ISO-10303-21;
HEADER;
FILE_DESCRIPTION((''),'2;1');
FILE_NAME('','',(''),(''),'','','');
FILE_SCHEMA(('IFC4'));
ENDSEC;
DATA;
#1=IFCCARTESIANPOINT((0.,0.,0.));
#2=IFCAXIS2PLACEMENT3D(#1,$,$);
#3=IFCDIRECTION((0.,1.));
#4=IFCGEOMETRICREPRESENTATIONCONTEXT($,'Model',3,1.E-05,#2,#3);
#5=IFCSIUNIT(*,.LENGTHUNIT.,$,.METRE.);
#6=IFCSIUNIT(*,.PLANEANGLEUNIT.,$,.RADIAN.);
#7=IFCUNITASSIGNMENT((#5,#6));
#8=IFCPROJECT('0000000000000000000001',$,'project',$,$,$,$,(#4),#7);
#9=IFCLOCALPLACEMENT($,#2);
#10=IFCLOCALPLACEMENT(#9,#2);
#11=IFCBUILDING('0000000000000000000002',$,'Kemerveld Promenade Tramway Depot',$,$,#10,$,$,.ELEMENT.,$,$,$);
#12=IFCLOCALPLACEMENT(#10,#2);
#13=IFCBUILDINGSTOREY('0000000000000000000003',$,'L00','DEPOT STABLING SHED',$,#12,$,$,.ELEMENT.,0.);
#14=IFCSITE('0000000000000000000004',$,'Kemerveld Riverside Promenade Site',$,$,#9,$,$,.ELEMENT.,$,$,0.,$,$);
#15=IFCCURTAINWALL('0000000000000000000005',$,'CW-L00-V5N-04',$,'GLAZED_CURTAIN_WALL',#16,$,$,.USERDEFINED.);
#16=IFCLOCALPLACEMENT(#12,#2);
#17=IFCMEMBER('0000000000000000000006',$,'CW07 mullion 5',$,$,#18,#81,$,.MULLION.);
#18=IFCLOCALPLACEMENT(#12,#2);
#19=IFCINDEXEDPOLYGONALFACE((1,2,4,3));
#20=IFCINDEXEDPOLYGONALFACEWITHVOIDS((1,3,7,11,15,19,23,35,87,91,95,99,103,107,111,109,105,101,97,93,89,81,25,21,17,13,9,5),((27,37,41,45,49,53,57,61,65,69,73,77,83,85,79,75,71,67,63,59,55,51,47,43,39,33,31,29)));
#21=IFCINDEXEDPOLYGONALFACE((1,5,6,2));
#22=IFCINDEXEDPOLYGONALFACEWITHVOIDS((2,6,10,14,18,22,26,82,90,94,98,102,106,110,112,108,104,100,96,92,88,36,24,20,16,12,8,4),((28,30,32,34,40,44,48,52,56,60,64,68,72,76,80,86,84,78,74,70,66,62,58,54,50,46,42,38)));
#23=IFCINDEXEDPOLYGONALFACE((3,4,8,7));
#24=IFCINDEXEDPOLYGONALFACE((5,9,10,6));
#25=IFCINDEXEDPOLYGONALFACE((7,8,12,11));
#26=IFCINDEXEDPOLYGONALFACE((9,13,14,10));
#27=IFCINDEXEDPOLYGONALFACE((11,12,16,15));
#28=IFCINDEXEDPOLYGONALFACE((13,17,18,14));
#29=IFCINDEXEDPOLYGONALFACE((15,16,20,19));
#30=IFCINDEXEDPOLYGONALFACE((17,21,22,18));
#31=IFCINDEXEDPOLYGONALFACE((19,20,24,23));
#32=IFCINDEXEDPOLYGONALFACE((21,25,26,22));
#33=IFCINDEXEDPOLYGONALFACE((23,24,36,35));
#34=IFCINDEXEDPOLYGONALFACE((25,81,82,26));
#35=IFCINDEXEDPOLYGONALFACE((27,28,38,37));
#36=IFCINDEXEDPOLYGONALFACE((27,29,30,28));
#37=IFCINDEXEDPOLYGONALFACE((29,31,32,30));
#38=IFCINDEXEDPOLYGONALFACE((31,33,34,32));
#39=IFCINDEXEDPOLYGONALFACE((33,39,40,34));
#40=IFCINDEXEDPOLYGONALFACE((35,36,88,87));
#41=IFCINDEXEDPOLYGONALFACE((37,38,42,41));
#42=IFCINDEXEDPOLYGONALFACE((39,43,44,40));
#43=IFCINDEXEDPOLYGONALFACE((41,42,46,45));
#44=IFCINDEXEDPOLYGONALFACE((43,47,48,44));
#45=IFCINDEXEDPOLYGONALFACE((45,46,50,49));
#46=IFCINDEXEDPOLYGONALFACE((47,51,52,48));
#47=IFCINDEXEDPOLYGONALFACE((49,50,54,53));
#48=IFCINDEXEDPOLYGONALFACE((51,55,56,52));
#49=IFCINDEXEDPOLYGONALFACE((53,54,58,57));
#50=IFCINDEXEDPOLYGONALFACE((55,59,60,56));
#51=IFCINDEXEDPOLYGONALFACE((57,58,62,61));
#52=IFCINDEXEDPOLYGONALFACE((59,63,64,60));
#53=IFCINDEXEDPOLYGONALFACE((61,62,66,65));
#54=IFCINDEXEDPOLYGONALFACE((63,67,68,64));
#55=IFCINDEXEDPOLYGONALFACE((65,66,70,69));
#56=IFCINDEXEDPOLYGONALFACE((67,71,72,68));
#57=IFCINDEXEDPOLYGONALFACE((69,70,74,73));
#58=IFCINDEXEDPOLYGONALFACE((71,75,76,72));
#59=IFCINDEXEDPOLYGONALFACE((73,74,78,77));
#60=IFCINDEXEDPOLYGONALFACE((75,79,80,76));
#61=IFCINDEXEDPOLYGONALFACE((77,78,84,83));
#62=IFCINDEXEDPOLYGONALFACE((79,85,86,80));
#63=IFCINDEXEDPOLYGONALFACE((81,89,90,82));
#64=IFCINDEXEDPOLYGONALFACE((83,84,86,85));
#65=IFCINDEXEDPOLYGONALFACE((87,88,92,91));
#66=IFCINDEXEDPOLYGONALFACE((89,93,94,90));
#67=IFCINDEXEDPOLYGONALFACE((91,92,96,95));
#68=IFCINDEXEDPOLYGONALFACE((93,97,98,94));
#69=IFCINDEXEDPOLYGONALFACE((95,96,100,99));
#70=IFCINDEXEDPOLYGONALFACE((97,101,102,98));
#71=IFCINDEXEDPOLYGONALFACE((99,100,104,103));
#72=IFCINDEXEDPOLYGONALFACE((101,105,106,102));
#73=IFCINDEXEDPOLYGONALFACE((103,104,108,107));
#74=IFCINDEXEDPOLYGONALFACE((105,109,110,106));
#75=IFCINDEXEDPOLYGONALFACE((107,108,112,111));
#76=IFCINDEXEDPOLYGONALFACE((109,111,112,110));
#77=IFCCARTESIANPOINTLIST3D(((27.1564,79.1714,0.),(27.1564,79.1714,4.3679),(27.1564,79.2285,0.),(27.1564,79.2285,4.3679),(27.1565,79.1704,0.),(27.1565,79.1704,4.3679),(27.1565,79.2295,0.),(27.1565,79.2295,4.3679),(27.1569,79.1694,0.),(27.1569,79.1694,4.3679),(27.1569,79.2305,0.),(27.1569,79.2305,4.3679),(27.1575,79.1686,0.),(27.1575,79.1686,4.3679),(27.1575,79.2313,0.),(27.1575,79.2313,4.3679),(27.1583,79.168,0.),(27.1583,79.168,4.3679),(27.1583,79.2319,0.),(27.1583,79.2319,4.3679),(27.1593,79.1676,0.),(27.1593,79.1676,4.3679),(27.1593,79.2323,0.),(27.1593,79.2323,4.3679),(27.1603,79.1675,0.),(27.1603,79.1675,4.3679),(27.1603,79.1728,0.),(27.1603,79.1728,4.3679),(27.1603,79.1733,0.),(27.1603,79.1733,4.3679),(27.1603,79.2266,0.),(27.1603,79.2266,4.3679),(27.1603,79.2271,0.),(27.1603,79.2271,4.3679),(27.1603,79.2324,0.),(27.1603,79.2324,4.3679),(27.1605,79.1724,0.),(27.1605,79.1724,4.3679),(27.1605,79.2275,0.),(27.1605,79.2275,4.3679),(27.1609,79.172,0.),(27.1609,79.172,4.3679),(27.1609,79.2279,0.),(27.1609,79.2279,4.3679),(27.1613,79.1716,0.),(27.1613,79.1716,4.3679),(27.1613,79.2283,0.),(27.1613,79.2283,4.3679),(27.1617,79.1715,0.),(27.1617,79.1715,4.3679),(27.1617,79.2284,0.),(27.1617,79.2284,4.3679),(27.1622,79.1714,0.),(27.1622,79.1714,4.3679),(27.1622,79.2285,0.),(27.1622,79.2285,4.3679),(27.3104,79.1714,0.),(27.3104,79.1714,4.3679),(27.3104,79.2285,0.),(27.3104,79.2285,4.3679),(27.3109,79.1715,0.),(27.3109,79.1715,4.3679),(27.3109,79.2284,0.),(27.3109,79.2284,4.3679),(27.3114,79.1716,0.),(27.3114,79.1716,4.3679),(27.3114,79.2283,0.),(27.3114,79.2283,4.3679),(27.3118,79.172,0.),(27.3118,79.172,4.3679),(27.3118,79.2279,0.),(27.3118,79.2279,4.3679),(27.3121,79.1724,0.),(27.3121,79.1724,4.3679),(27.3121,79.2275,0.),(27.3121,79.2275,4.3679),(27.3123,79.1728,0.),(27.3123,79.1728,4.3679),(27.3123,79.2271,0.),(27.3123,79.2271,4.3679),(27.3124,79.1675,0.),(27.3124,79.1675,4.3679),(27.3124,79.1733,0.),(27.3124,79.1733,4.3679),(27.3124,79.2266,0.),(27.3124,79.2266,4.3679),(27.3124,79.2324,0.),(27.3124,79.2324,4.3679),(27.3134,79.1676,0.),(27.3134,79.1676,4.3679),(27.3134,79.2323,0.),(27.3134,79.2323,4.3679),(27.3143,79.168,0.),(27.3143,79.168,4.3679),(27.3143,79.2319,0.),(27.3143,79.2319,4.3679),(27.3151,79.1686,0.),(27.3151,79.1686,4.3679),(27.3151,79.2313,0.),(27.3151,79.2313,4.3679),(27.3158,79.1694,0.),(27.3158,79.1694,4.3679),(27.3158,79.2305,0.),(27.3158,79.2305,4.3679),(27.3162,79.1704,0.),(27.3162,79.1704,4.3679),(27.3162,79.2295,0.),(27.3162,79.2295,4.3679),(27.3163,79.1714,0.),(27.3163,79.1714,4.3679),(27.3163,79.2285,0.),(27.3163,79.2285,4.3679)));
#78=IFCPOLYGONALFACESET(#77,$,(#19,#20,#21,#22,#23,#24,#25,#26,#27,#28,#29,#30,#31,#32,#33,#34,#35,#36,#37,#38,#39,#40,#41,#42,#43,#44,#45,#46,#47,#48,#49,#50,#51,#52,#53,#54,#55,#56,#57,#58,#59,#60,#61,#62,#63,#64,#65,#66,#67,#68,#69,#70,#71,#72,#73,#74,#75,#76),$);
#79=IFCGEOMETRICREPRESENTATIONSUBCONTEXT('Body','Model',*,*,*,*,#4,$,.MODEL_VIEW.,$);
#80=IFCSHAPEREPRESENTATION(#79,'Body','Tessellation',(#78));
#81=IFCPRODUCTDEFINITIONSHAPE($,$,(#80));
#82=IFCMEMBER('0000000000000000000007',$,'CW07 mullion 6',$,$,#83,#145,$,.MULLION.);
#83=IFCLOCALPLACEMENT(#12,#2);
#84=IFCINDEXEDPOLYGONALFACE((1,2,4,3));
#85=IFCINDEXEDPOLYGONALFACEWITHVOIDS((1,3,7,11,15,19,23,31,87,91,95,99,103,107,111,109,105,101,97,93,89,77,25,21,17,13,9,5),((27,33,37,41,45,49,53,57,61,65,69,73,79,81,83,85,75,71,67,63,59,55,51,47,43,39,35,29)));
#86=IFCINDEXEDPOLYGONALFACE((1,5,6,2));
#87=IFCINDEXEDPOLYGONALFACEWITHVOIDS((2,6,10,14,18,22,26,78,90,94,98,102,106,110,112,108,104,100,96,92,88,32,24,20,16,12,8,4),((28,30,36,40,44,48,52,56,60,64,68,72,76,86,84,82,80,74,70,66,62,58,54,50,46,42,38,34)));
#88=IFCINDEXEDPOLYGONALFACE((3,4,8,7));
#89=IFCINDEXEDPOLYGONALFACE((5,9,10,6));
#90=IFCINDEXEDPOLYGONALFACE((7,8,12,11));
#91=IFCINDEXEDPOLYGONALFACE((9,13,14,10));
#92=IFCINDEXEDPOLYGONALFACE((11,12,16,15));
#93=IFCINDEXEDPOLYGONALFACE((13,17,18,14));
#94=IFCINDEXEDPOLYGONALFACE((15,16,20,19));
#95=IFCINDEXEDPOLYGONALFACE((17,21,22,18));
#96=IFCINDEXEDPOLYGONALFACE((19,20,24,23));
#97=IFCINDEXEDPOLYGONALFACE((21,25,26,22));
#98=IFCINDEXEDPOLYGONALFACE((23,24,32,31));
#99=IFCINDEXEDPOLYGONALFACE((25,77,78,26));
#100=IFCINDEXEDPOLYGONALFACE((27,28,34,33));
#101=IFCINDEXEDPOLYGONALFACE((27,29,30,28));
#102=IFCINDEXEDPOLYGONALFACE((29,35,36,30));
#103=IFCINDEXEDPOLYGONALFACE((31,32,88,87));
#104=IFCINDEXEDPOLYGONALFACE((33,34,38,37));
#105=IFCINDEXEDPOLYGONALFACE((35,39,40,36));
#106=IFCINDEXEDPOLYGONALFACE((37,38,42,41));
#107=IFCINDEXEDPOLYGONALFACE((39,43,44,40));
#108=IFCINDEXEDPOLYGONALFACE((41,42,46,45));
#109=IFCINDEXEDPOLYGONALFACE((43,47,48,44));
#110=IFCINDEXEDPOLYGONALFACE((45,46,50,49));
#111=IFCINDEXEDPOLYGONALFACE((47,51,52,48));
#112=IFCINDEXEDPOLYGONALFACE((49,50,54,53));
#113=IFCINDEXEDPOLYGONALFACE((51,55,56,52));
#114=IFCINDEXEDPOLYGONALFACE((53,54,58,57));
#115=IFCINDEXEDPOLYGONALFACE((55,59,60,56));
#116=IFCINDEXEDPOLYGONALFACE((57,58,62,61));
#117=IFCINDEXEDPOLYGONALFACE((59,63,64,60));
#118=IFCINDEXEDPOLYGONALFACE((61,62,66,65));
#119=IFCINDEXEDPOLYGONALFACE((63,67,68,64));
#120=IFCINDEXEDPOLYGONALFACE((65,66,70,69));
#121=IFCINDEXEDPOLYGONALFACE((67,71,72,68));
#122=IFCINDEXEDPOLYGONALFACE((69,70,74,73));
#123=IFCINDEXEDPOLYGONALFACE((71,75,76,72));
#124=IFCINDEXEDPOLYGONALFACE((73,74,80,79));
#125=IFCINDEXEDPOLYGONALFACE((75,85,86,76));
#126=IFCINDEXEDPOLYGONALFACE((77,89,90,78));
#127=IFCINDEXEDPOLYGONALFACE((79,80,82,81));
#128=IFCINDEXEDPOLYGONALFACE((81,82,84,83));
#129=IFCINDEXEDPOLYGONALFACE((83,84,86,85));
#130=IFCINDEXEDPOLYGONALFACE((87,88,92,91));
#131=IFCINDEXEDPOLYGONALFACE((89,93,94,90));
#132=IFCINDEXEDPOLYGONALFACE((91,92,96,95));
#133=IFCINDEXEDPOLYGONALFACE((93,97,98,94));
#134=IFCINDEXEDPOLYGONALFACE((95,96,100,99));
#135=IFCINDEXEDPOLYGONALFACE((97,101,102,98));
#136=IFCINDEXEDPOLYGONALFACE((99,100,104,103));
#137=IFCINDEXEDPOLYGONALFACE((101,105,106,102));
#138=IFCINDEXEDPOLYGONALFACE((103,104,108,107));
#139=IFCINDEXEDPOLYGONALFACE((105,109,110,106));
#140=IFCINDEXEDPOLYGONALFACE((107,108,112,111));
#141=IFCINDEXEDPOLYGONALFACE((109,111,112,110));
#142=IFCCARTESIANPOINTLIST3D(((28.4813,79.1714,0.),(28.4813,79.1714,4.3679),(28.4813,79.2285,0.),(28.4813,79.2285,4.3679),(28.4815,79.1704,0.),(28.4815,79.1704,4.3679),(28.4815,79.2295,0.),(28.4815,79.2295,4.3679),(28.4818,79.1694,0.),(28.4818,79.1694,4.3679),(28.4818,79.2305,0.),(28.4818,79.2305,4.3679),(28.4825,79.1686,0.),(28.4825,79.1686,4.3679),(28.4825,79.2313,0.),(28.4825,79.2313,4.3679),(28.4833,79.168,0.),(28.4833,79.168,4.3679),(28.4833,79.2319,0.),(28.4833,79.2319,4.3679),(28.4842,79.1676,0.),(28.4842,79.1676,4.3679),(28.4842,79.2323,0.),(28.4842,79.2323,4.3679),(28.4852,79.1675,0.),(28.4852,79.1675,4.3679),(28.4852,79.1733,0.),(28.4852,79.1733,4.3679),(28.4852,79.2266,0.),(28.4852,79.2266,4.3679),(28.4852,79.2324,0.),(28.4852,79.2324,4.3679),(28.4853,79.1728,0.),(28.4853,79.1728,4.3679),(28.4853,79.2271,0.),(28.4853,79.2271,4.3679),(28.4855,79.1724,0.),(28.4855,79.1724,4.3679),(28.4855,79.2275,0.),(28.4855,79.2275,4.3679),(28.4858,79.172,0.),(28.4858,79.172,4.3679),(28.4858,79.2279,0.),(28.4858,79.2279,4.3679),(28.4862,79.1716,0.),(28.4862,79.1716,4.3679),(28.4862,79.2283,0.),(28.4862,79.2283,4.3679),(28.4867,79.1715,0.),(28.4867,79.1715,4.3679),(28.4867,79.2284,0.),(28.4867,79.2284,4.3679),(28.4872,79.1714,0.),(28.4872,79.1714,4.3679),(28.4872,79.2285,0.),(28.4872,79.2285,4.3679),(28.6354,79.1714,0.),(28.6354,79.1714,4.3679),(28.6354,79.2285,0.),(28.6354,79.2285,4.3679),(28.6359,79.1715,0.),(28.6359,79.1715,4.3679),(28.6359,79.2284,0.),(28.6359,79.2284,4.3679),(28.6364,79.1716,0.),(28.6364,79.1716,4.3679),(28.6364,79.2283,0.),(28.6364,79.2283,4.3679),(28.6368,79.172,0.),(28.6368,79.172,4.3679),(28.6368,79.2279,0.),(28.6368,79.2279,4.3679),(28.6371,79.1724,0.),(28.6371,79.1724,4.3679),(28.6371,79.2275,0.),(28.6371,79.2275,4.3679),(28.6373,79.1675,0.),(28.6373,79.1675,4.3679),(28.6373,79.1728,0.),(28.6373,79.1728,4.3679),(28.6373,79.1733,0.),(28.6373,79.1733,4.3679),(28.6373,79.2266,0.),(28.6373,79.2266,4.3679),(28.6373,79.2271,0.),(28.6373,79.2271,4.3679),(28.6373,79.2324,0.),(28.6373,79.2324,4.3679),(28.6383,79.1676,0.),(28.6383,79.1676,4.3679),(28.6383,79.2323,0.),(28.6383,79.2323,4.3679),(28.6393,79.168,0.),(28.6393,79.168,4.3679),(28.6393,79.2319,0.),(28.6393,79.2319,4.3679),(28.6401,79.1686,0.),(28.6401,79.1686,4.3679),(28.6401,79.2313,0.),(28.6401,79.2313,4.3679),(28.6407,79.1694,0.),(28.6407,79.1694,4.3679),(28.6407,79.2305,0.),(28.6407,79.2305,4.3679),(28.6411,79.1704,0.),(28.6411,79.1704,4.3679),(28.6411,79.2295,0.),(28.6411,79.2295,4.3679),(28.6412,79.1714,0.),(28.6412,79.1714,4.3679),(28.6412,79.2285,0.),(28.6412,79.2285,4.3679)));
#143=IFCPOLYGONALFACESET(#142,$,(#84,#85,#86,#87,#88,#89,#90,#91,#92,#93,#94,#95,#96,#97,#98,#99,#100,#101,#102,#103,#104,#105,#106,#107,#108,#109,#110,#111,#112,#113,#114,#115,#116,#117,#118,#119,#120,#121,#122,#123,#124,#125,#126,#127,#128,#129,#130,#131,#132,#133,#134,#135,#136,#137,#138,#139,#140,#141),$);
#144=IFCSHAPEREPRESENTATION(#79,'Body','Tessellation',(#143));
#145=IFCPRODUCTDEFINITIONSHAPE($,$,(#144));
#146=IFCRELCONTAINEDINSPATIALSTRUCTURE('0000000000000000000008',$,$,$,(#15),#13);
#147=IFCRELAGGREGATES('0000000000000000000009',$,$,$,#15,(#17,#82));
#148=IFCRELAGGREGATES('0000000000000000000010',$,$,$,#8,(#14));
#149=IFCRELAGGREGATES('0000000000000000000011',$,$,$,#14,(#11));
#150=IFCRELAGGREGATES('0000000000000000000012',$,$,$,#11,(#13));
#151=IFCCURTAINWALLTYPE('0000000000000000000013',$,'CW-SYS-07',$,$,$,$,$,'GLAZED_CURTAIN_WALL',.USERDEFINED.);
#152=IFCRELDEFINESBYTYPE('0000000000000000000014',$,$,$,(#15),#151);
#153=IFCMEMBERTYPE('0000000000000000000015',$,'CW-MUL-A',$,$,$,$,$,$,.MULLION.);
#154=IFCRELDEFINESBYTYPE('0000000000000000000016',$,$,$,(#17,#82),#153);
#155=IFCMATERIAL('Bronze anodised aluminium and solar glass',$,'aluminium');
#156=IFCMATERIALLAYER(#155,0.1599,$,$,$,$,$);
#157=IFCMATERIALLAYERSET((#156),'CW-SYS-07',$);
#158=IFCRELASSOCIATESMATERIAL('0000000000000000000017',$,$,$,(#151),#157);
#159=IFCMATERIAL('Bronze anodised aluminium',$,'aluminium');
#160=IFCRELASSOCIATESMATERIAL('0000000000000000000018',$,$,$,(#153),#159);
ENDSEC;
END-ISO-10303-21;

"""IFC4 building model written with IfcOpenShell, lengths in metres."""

from ifc_helpers import new_model, si_unit, direction, frame, origin, origin_2d, place, context, subcontext, project, spatial, hollow_rectangle, extrude, material, layer, layer_set, material_profile, profile_set, type_object, element, aggregate, save


model = new_model("IFC4")

# Units and contexts
model_context = context("Model", 3, precision=1e-05, world=origin(), true_north=direction((0.0, 1.0)))
body_context = subcontext(model_context, "Body", "Model", "MODEL_VIEW")
ifc_project = project(units=[si_unit("LENGTHUNIT", "METRE"), si_unit("PLANEANGLEUNIT", "RADIAN")], contexts=[model_context])

# Site, building, storey
site_placement = place(None, origin())
site = spatial("IfcSite", under=ifc_project, at=site_placement, Name="Kemerveld Riverside Promenade Site", CompositionType="ELEMENT", RefElevation=0.0)
building_placement = place(site_placement, origin())
building = spatial("IfcBuilding", under=site, at=building_placement, Name="Kemerveld Promenade Tramway Depot", CompositionType="ELEMENT")
storey_placement = place(building_placement, origin())
storey = spatial("IfcBuildingStorey", under=building, at=storey_placement, Name="L00", Description="DEPOT STABLING SHED", CompositionType="ELEMENT", Elevation=0.0)

# Curtain wall, members
ifc_material_1 = material(Name="Bronze anodised aluminium and solar glass", Category="aluminium")
ifc_layer_1 = layer(ifc_material_1, 0.1599)
ifc_layer_set_1 = layer_set([ifc_layer_1], Name="CW-SYS-07")
curtain_wall_type_1 = type_object("IfcCurtainWallType", Name="CW-SYS-07", ElementType="GLAZED_CURTAIN_WALL", PredefinedType="USERDEFINED", material=ifc_layer_set_1)
curtain_wall_1_placement = place(storey_placement, origin())
curtain_wall_1 = element("IfcCurtainWall", 1, at=curtain_wall_1_placement, inside=storey, type_object=curtain_wall_type_1, Name="CW-L00-V5N-04", ObjectType="GLAZED_CURTAIN_WALL", PredefinedType="USERDEFINED")
ifc_material_2 = material(Name="Bronze anodised aluminium", Category="aluminium")
ifc_material_profile_1 = material_profile(ifc_material_2, hollow_rectangle(XDim=0.0649, YDim=0.1599, WallThickness=0.0039, InnerFilletRadius=0.002, OuterFilletRadius=0.0039, at=origin_2d()), Name="CW-MUL-160x65")
ifc_profile_set_1 = profile_set([ifc_material_profile_1], Name="Bronze anodised aluminium")
member_type_1 = type_object("IfcMemberType", Name="CW-MUL-A", PredefinedType="MULLION", material=ifc_profile_set_1)
member_1_placement = place(storey_placement, frame((27.2363, 79.2, 0.0), z_axis=(0.0, 0.0, 1.0), x_axis=(0.0, 1.0, 0.0)))
member_1 = element("IfcMember", 2, at=member_1_placement, type_object=member_type_1, Name="CW07 mullion 5", PredefinedType="MULLION", context=body_context, shape_type="SweptSolid", body=[
    extrude(hollow_rectangle(XDim=0.0649, YDim=0.1599, WallThickness=0.0039, InnerFilletRadius=0.002, OuterFilletRadius=0.0039, at=origin_2d()), origin(), (0.0, 0.0, 1.0), 4.3679),
])
member_2_placement = place(storey_placement, frame((28.5613, 79.2, 0.0), z_axis=(0.0, 0.0, 1.0), x_axis=(0.0, 1.0, 0.0)))
member_2 = element("IfcMember", 3, at=member_2_placement, type_object=member_type_1, Name="CW07 mullion 6", PredefinedType="MULLION", context=body_context, shape_type="SweptSolid", body=[
    extrude(hollow_rectangle(XDim=0.0649, YDim=0.1599, WallThickness=0.0039, InnerFilletRadius=0.002, OuterFilletRadius=0.0039, at=origin_2d()), origin(), (0.0, 0.0, 1.0), 4.3679),
])

aggregate(curtain_wall_1, [member_1, member_2])

save(model, "model.ifc")
